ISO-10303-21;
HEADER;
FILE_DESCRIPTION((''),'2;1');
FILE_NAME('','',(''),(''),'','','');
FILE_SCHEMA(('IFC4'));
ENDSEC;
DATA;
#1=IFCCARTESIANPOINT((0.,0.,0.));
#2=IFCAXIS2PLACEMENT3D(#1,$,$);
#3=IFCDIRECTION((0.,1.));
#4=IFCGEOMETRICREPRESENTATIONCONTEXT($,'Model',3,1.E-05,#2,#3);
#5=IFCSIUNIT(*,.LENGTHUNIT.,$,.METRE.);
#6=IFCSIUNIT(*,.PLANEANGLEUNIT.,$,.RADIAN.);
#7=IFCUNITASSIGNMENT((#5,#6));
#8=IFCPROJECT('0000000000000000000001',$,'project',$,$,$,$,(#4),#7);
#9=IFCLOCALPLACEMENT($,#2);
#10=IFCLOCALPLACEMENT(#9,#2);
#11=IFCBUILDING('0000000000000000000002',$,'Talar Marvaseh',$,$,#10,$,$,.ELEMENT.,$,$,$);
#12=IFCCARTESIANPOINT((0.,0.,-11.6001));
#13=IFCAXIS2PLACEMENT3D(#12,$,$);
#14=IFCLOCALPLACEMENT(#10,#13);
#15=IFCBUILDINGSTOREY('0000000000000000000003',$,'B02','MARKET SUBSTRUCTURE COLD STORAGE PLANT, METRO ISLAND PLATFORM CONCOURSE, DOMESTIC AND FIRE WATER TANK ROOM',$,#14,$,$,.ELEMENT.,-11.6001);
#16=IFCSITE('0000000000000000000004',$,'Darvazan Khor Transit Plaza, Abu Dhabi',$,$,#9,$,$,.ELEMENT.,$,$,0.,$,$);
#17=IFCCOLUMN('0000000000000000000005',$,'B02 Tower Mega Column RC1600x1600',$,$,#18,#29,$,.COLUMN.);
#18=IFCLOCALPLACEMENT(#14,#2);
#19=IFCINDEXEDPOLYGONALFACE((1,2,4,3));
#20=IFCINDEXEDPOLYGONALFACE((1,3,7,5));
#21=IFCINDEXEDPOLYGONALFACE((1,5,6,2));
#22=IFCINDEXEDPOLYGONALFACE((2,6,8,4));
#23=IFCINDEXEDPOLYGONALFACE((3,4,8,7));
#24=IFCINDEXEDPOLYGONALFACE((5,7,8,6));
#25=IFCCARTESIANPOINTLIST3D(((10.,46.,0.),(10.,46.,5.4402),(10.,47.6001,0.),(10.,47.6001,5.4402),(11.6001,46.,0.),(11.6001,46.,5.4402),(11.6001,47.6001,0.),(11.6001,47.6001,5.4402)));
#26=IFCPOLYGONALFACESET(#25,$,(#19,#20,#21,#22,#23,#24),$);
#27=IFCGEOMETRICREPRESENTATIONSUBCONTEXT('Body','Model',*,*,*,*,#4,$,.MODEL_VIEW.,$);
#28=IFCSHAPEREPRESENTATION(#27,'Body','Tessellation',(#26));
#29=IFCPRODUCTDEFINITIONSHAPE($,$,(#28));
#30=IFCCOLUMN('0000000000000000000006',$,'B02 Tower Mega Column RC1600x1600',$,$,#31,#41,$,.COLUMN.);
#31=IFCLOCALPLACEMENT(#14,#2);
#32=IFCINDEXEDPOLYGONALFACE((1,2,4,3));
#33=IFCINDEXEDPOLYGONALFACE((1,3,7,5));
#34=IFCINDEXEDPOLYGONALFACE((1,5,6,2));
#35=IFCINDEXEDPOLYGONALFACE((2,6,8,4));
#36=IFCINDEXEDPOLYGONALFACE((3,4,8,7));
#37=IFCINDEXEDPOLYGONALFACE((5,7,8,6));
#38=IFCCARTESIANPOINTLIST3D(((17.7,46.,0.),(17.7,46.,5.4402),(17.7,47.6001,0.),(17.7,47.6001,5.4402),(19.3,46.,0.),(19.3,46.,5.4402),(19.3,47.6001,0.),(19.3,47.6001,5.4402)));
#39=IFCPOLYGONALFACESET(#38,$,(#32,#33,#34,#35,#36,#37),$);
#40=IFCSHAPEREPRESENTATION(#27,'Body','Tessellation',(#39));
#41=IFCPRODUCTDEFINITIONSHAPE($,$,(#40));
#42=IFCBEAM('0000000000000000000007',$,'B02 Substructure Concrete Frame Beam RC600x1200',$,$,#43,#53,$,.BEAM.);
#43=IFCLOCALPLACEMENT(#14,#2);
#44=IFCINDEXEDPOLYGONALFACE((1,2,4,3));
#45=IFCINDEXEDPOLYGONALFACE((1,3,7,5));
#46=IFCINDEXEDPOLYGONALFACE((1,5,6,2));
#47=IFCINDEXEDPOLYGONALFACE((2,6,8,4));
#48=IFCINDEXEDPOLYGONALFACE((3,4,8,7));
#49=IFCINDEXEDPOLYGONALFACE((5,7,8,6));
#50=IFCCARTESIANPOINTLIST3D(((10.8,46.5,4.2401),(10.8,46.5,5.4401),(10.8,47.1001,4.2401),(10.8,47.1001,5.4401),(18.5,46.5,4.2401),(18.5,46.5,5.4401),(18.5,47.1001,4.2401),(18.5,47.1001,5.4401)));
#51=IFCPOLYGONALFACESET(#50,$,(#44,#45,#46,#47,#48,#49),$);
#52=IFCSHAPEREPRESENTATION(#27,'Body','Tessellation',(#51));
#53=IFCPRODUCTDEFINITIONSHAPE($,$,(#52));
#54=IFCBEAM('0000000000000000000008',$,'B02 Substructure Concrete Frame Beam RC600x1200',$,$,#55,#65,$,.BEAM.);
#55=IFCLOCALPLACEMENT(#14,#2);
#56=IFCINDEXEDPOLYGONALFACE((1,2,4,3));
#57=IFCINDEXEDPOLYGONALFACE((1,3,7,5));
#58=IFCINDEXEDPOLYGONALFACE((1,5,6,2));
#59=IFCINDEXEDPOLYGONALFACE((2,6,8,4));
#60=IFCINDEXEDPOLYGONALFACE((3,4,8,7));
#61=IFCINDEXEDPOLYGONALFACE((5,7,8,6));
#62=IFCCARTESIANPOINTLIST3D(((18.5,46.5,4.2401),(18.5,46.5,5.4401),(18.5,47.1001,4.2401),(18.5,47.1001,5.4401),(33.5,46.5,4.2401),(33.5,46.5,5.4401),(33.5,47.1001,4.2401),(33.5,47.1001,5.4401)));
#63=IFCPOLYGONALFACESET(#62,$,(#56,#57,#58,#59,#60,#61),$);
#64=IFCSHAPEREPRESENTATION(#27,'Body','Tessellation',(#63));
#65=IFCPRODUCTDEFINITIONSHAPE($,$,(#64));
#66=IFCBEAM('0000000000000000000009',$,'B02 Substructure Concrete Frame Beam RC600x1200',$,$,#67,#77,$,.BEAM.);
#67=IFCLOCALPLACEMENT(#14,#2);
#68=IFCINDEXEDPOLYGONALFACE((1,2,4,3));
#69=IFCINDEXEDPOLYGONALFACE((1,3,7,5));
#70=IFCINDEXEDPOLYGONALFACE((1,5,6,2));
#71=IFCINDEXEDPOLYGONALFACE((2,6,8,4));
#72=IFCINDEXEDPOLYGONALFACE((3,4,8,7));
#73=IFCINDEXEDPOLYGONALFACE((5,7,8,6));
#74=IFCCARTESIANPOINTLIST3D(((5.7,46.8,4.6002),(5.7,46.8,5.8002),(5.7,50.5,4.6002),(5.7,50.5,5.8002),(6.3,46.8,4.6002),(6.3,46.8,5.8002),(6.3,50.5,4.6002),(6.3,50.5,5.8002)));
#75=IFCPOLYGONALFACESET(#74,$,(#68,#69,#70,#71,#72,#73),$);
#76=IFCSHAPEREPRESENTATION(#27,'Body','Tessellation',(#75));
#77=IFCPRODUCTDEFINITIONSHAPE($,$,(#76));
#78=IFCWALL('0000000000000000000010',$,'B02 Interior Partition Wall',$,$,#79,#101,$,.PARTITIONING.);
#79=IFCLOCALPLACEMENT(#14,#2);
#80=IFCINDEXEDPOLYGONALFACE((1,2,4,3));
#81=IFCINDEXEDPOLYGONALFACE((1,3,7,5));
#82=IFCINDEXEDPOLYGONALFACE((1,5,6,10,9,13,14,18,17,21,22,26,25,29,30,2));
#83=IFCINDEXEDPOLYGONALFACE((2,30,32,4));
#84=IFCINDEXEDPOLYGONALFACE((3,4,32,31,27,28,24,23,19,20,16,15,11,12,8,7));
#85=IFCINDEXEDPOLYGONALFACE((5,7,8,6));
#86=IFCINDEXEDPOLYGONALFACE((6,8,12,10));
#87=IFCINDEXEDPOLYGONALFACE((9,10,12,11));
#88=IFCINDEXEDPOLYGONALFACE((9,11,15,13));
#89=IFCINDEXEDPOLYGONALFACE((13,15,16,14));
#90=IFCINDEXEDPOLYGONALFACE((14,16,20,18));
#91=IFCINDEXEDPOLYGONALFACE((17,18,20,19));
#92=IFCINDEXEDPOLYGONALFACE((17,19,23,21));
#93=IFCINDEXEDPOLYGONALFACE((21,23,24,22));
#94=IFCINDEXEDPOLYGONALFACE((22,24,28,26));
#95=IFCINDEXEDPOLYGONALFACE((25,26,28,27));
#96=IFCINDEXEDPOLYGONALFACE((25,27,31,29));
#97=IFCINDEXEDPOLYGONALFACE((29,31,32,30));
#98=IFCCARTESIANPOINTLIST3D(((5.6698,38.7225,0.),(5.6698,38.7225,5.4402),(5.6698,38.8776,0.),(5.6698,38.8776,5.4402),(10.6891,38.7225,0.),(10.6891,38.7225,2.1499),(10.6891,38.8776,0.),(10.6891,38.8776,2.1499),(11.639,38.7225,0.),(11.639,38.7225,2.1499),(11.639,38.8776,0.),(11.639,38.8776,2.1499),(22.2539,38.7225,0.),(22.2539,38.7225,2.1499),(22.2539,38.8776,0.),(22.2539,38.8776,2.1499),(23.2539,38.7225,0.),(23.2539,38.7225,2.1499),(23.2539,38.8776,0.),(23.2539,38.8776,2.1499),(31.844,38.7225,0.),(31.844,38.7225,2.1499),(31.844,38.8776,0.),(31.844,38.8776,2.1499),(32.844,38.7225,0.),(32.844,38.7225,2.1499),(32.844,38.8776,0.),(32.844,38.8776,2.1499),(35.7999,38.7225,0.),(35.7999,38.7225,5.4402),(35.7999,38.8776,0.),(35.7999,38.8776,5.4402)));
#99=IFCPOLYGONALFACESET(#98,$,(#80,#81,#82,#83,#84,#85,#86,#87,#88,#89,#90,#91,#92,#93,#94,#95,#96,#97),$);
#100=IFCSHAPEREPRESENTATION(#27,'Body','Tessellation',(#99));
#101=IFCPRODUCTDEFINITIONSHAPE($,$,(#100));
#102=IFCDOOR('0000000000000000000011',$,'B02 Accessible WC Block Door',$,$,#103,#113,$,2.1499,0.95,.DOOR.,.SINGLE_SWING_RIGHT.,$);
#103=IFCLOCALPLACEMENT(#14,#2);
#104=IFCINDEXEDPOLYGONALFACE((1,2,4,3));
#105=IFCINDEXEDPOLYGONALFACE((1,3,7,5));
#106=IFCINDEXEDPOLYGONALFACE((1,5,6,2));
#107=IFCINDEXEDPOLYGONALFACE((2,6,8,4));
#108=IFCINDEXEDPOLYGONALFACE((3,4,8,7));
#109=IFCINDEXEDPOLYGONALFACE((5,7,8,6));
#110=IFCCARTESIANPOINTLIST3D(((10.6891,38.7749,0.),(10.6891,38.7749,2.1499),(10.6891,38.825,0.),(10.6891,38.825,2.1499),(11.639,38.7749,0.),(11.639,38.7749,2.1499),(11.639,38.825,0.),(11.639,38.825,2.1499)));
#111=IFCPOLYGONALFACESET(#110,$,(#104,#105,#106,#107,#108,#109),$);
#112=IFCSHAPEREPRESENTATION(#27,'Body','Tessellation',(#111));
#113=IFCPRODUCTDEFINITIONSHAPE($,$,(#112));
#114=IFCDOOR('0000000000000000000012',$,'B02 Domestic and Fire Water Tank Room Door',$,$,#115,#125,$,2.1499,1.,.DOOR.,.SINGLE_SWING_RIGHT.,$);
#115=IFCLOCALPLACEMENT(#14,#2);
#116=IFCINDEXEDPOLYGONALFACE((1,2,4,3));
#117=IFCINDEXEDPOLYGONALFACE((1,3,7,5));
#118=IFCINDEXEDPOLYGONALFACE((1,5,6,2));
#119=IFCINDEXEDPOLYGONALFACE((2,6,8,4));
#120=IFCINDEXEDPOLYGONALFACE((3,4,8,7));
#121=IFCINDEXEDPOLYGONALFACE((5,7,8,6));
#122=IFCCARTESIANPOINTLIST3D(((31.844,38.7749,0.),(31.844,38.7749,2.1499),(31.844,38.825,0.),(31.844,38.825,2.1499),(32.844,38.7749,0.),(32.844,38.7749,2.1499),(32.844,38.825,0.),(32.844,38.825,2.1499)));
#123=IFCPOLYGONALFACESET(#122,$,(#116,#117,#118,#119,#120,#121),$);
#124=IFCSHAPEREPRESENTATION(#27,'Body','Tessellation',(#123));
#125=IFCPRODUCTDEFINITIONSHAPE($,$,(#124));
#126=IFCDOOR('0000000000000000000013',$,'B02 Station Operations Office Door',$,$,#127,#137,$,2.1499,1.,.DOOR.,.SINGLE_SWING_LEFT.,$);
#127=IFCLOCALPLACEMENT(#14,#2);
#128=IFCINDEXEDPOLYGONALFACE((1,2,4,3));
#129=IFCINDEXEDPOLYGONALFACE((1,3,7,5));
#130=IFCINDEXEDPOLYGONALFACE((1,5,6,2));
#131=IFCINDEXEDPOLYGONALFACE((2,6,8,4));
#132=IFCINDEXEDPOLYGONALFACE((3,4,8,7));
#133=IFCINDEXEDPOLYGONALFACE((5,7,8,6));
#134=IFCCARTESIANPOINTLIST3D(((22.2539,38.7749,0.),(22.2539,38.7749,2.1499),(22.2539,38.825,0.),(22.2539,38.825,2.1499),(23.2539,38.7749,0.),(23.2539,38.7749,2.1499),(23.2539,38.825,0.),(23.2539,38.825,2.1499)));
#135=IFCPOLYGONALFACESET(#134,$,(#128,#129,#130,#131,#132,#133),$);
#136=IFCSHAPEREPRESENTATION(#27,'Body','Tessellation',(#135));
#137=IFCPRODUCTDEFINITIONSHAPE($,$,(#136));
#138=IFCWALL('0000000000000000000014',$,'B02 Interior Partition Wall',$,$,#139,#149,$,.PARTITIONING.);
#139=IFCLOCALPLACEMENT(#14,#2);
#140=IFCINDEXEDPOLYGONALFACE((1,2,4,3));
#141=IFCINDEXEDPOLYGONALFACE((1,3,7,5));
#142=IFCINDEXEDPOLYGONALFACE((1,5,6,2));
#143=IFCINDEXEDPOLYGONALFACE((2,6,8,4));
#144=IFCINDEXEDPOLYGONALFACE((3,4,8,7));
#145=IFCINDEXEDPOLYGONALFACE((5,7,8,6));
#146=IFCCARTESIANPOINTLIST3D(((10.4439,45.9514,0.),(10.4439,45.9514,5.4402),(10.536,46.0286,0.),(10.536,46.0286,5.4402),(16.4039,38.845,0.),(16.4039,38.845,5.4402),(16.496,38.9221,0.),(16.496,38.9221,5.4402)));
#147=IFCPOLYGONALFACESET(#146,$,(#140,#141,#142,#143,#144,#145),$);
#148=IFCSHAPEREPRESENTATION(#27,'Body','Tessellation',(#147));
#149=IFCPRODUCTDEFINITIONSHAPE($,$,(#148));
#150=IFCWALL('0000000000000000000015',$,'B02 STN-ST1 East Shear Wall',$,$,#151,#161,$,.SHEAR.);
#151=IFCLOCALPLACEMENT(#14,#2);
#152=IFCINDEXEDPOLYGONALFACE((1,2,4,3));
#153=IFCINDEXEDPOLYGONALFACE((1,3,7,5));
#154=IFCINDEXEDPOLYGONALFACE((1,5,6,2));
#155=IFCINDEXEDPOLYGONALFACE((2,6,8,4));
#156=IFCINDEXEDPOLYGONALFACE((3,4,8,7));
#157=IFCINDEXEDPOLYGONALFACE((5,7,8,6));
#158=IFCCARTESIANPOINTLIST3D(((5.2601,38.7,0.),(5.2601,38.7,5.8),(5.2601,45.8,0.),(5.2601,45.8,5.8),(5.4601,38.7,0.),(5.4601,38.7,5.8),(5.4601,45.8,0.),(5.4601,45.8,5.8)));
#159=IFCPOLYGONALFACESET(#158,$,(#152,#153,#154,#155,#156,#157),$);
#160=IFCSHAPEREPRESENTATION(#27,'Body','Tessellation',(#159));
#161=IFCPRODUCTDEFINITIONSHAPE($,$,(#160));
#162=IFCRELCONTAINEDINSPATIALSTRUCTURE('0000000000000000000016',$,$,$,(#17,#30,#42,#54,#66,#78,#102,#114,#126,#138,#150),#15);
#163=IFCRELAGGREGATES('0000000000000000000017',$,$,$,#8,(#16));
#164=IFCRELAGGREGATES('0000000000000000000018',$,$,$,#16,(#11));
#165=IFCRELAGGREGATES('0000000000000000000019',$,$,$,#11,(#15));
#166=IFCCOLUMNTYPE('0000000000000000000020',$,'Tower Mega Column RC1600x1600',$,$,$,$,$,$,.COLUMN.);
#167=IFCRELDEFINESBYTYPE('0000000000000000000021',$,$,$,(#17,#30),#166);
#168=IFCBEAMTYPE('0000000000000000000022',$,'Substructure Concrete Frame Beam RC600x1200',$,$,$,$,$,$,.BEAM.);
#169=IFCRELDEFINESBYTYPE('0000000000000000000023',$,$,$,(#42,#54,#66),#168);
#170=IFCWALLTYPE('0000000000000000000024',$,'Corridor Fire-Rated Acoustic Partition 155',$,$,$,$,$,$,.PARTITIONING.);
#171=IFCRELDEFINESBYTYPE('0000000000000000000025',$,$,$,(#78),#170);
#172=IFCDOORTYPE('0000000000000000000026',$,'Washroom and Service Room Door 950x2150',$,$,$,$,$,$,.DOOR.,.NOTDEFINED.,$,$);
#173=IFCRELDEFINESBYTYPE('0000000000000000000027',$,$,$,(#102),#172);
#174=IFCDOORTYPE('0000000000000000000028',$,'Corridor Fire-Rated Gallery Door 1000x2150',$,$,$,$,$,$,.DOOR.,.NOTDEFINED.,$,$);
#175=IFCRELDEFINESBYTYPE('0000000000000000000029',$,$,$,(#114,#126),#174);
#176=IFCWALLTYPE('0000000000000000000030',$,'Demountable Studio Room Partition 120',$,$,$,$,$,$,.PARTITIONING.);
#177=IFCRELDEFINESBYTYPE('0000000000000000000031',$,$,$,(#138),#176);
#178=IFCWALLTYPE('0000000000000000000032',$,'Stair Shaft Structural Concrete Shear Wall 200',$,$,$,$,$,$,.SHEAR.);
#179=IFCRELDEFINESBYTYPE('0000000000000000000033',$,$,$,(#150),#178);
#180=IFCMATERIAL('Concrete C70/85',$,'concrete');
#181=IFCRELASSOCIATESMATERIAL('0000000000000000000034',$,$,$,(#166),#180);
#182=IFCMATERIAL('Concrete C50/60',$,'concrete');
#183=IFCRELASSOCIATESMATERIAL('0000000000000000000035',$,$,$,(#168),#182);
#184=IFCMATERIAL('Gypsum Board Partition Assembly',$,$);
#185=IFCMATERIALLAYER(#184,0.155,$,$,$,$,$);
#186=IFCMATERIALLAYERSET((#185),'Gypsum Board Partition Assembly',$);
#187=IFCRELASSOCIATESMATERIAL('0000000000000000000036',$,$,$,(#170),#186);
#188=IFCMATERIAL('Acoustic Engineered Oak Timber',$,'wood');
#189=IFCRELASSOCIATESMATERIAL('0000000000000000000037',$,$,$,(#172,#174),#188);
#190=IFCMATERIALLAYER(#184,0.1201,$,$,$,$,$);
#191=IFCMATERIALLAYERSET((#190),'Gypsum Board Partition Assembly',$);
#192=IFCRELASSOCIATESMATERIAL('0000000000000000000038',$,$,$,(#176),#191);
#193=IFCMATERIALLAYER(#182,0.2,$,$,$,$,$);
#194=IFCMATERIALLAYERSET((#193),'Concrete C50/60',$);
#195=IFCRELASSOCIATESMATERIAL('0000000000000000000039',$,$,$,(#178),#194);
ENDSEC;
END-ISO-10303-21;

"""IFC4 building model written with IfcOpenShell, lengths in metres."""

from ifc_helpers import new_model, si_unit, direction, frame, frame_2d, origin, origin_2d, place, context, subcontext, project, spatial, rectangle, extrude, source, transform, mapped, material, layer, layer_set, material_profile, profile_set, type_object, type_shapes, element, fill, save


model = new_model("IFC4")

# Units and contexts
model_context = context("Model", 3, precision=1e-05, world=origin(), true_north=direction((0.0, 1.0)))
body_context = subcontext(model_context, "Body", "Model", "MODEL_VIEW")
ifc_project = project(units=[si_unit("LENGTHUNIT", "METRE"), si_unit("PLANEANGLEUNIT", "RADIAN")], contexts=[model_context])

# Site, building, storey
site_placement = place(None, origin())
site = spatial("IfcSite", under=ifc_project, at=site_placement, Name="Darvazan Khor Transit Plaza, Abu Dhabi", CompositionType="ELEMENT", RefElevation=0.0)
building_placement = place(site_placement, origin())
building = spatial("IfcBuilding", under=site, at=building_placement, Name="Talar Marvaseh", CompositionType="ELEMENT")
storey_placement = place(building_placement, frame((0.0, 0.0, -11.6001)))
storey = spatial("IfcBuildingStorey", under=building, at=storey_placement, Name="B02", Description="MARKET SUBSTRUCTURE COLD STORAGE PLANT, METRO ISLAND PLATFORM CONCOURSE, DOMESTIC AND FIRE WATER TANK ROOM", CompositionType="ELEMENT", Elevation=-11.6001)

# Shared definitions
ifc_material_1 = material(Name="Concrete C50/60", Category="concrete")

# Columns
ifc_material_2 = material(Name="Concrete C70/85", Category="concrete")
ifc_material_profile_1 = material_profile(ifc_material_2, rectangle(XDim=1.6001, YDim=1.6001, at=origin_2d()), Name="RC1600x1600")
ifc_profile_set_1 = profile_set([ifc_material_profile_1], Name="Concrete C70/85")
column_type_1 = type_object("IfcColumnType", Name="Tower Mega Column RC1600x1600", PredefinedType="COLUMN", material=ifc_profile_set_1)
for number, where, z_axis, x_axis, name in (
    (1, (10.8, 46.8, 0.0), (0.0, 0.0, 1.0), (1.0, 0.0, 0.0), "B02 Tower Mega Column RC1600x1600"),
    (2, (18.5, 46.8, 0.0), (0.0, 0.0, 1.0), (1.0, 0.0, 0.0), "B02 Tower Mega Column RC1600x1600"),
):
    element("IfcColumn", number, at=place(storey_placement, frame(where, z_axis=z_axis, x_axis=x_axis)), inside=storey, type_object=column_type_1, Name=name, PredefinedType="COLUMN", context=body_context, shape_type="SweptSolid", body=[
        extrude(rectangle(XDim=1.6001, YDim=1.6001, at=origin_2d()), origin(), (0.0, 0.0, 1.0), 5.4402),
    ])

# Beams
ifc_material_profile_2 = material_profile(ifc_material_1, rectangle(XDim=0.6001, YDim=1.2, at=origin_2d()), Name="RC600x1200")
ifc_profile_set_2 = profile_set([ifc_material_profile_2], Name="Concrete C50/60")
beam_type = type_object("IfcBeamType", Name="Substructure Concrete Frame Beam RC600x1200", PredefinedType="BEAM", material=ifc_profile_set_2)
beam_1_placement = place(storey_placement, frame((10.8, 46.8, 4.8401), z_axis=(1.0, 0.0, 0.0), x_axis=(0.0, 1.0, 0.0)))
element("IfcBeam", 3, at=beam_1_placement, inside=storey, type_object=beam_type, Name="B02 Substructure Concrete Frame Beam RC600x1200", PredefinedType="BEAM", context=body_context, shape_type="SweptSolid", body=[
    extrude(rectangle(XDim=0.6001, YDim=1.2, at=origin_2d()), origin(), (0.0, 0.0, 1.0), 7.7),
])
beam_2_placement = place(storey_placement, frame((18.5, 46.8, 4.8401), z_axis=(1.0, 0.0, 0.0), x_axis=(0.0, 1.0, 0.0)))
element("IfcBeam", 4, at=beam_2_placement, inside=storey, type_object=beam_type, Name="B02 Substructure Concrete Frame Beam RC600x1200", PredefinedType="BEAM", context=body_context, shape_type="SweptSolid", body=[
    extrude(rectangle(XDim=0.6001, YDim=1.2, at=origin_2d()), origin(), (0.0, 0.0, 1.0), 15.0),
])
beam_3_placement = place(storey_placement, frame((6.0, 50.5, 5.2002), z_axis=(0.0, -1.0, 0.0), x_axis=(1.0, 0.0, 0.0)))
element("IfcBeam", 5, at=beam_3_placement, inside=storey, type_object=beam_type, Name="B02 Substructure Concrete Frame Beam RC600x1200", PredefinedType="BEAM", context=body_context, shape_type="SweptSolid", body=[
    extrude(rectangle(XDim=0.6001, YDim=1.2, at=origin_2d()), origin(), (0.0, 0.0, 1.0), 3.7),
])

# Wall, openings, doors
ifc_material_3 = material(Name="Gypsum Board Partition Assembly")
ifc_layer_1 = layer(ifc_material_3, 0.155)
ifc_layer_set_1 = layer_set([ifc_layer_1], Name="Gypsum Board Partition Assembly")
wall_type_1 = type_object("IfcWallType", Name="Corridor Fire-Rated Acoustic Partition 155", PredefinedType="PARTITIONING", material=ifc_layer_set_1)
wall_1_placement = place(storey_placement, frame((5.6699, 38.8, 0.0), z_axis=(0.0, 0.0, 1.0), x_axis=(1.0, 0.0, 0.0)))
wall_1 = element("IfcWall", 6, at=wall_1_placement, inside=storey, type_object=wall_type_1, Name="B02 Interior Partition Wall", PredefinedType="PARTITIONING", context=body_context, shape_type="SweptSolid", body=[
    extrude(rectangle(XDim=30.1301, YDim=0.155, at=frame_2d((15.0649, 0.0))), origin(), (0.0, 0.0, 1.0), 5.4402),
])
opening_1_placement = place(wall_1_placement, frame((26.1741, 0.0, 0.0)))
opening_1 = element("IfcOpeningElement", 7, at=opening_1_placement, cuts=wall_1, PredefinedType="OPENING", context=body_context, shape_type="SweptSolid", body=[
    extrude(rectangle(XDim=1.0, YDim=2.1499, at=frame_2d((0.5, 1.075))), frame((0.0, 0.0874, 0.0), z_axis=(0.0, -1.0, 0.0), x_axis=(1.0, 0.0, 0.0)), (0.0, 0.0, 1.0), 0.175),
])
opening_2_placement = place(wall_1_placement, frame((16.584, 0.0, 0.0)))
opening_2 = element("IfcOpeningElement", 8, at=opening_2_placement, cuts=wall_1, PredefinedType="OPENING", context=body_context, shape_type="SweptSolid", body=[
    extrude(rectangle(XDim=1.0, YDim=2.1499, at=frame_2d((0.5, 1.075))), frame((0.0, 0.0874, 0.0), z_axis=(0.0, -1.0, 0.0), x_axis=(1.0, 0.0, 0.0)), (0.0, 0.0, 1.0), 0.175),
])
opening_3_placement = place(wall_1_placement, frame((5.019, 0.0, 0.0)))
opening_3 = element("IfcOpeningElement", 9, at=opening_3_placement, cuts=wall_1, PredefinedType="OPENING", context=body_context, shape_type="SweptSolid", body=[
    extrude(rectangle(XDim=0.95, YDim=2.1499, at=frame_2d((0.4751, 1.075))), frame((0.0, 0.0874, 0.0), z_axis=(0.0, -1.0, 0.0), x_axis=(1.0, 0.0, 0.0)), (0.0, 0.0, 1.0), 0.175),
])
ifc_material_4 = material(Name="Acoustic Engineered Oak Timber", Category="wood")
door_type_1 = type_object("IfcDoorType", Name="Washroom and Service Room Door 950x2150", OperationType="NOTDEFINED", PredefinedType="DOOR", material=ifc_material_4)
shared_shape_1 = source(origin(), body_context, "Body", "SweptSolid", [
    extrude(rectangle(XDim=0.95, YDim=2.1499, at=frame_2d((0.4751, 1.075))), frame((0.0, 0.0249, 0.0), z_axis=(0.0, -1.0, 0.0), x_axis=(1.0, 0.0, 0.0)), (0.0, 0.0, 1.0), 0.05),
])
type_shapes(door_type_1, [shared_shape_1])
door_1_placement = place(opening_3_placement, origin())
door_1 = element("IfcDoor", 10, at=door_1_placement, inside=storey, type_object=door_type_1, Name="B02 Accessible WC Block Door", OperationType="SINGLE_SWING_RIGHT", OverallHeight=2.1499, OverallWidth=0.95, PredefinedType="DOOR", context=body_context, shape_type="MappedRepresentation", body=[
    mapped(shared_shape_1, transform((0.0, 0.0, 0.0), x_axis=(1.0, 0.0, 0.0), y_axis=(0.0, 1.0, 0.0), z_axis=(0.0, 0.0, 1.0), scale=1.0)),
])
fill(opening_3, door_1)
door_type_2 = type_object("IfcDoorType", Name="Corridor Fire-Rated Gallery Door 1000x2150", OperationType="NOTDEFINED", PredefinedType="DOOR", material=ifc_material_4)
shared_shape_2 = source(origin(), body_context, "Body", "SweptSolid", [
    extrude(rectangle(XDim=1.0, YDim=2.1499, at=frame_2d((0.5, 1.075))), frame((0.0, 0.0249, 0.0), z_axis=(0.0, -1.0, 0.0), x_axis=(1.0, 0.0, 0.0)), (0.0, 0.0, 1.0), 0.05),
])
type_shapes(door_type_2, [shared_shape_2])
door_2_placement = place(opening_1_placement, origin())
door_2 = element("IfcDoor", 11, at=door_2_placement, inside=storey, type_object=door_type_2, Name="B02 Domestic and Fire Water Tank Room Door", OperationType="SINGLE_SWING_RIGHT", OverallHeight=2.1499, OverallWidth=1.0, PredefinedType="DOOR", context=body_context, shape_type="MappedRepresentation", body=[
    mapped(shared_shape_2, transform((0.0, 0.0, 0.0), x_axis=(1.0, 0.0, 0.0), y_axis=(0.0, 1.0, 0.0), z_axis=(0.0, 0.0, 1.0), scale=1.0)),
])
fill(opening_1, door_2)
door_3_placement = place(opening_2_placement, origin())
door_3 = element("IfcDoor", 12, at=door_3_placement, inside=storey, type_object=door_type_2, Name="B02 Station Operations Office Door", OperationType="SINGLE_SWING_LEFT", OverallHeight=2.1499, OverallWidth=1.0, PredefinedType="DOOR", context=body_context, shape_type="MappedRepresentation", body=[
    mapped(shared_shape_2, transform((0.0, 0.0, 0.0), x_axis=(1.0, 0.0, 0.0), y_axis=(0.0, 1.0, 0.0), z_axis=(0.0, 0.0, 1.0), scale=1.0)),
])
fill(opening_2, door_3)

# Wall
ifc_layer_2 = layer(ifc_material_3, 0.1201)
ifc_layer_set_2 = layer_set([ifc_layer_2], Name="Gypsum Board Partition Assembly")
wall_type_2 = type_object("IfcWallType", Name="Demountable Studio Room Partition 120", PredefinedType="PARTITIONING", material=ifc_layer_set_2)
wall_2_placement = place(storey_placement, frame((16.45, 38.8835, 0.0), z_axis=(0.0, 0.0, 1.0), x_axis=(-0.642594, 0.766207, 0.0)))
element("IfcWall", 13, at=wall_2_placement, inside=storey, type_object=wall_type_2, Name="B02 Interior Partition Wall", PredefinedType="PARTITIONING", context=body_context, shape_type="SweptSolid", body=[
    extrude(rectangle(XDim=9.2749, YDim=0.1201, at=frame_2d((4.6375, 0.0))), origin(), (0.0, 0.0, 1.0), 5.4402),
])

# Shared definitions
ifc_layer_3 = layer(ifc_material_1, 0.2)
ifc_layer_set_3 = layer_set([ifc_layer_3], Name="Concrete C50/60")
wall_type_3 = type_object("IfcWallType", Name="Stair Shaft Structural Concrete Shear Wall 200", PredefinedType="SHEAR", material=ifc_layer_set_3)

# Wall
wall_3_placement = place(storey_placement, frame((5.3601, 38.7, 0.0), z_axis=(0.0, 0.0, 1.0), x_axis=(0.0, 1.0, 0.0)))
element("IfcWall", 14, at=wall_3_placement, inside=storey, type_object=wall_type_3, Name="B02 STN-ST1 East Shear Wall", PredefinedType="SHEAR", context=body_context, shape_type="SweptSolid", body=[
    extrude(rectangle(XDim=7.1001, YDim=0.2, at=frame_2d((3.55, 0.0))), origin(), (0.0, 0.0, 1.0), 5.8),
])

save(model, "model.ifc")
